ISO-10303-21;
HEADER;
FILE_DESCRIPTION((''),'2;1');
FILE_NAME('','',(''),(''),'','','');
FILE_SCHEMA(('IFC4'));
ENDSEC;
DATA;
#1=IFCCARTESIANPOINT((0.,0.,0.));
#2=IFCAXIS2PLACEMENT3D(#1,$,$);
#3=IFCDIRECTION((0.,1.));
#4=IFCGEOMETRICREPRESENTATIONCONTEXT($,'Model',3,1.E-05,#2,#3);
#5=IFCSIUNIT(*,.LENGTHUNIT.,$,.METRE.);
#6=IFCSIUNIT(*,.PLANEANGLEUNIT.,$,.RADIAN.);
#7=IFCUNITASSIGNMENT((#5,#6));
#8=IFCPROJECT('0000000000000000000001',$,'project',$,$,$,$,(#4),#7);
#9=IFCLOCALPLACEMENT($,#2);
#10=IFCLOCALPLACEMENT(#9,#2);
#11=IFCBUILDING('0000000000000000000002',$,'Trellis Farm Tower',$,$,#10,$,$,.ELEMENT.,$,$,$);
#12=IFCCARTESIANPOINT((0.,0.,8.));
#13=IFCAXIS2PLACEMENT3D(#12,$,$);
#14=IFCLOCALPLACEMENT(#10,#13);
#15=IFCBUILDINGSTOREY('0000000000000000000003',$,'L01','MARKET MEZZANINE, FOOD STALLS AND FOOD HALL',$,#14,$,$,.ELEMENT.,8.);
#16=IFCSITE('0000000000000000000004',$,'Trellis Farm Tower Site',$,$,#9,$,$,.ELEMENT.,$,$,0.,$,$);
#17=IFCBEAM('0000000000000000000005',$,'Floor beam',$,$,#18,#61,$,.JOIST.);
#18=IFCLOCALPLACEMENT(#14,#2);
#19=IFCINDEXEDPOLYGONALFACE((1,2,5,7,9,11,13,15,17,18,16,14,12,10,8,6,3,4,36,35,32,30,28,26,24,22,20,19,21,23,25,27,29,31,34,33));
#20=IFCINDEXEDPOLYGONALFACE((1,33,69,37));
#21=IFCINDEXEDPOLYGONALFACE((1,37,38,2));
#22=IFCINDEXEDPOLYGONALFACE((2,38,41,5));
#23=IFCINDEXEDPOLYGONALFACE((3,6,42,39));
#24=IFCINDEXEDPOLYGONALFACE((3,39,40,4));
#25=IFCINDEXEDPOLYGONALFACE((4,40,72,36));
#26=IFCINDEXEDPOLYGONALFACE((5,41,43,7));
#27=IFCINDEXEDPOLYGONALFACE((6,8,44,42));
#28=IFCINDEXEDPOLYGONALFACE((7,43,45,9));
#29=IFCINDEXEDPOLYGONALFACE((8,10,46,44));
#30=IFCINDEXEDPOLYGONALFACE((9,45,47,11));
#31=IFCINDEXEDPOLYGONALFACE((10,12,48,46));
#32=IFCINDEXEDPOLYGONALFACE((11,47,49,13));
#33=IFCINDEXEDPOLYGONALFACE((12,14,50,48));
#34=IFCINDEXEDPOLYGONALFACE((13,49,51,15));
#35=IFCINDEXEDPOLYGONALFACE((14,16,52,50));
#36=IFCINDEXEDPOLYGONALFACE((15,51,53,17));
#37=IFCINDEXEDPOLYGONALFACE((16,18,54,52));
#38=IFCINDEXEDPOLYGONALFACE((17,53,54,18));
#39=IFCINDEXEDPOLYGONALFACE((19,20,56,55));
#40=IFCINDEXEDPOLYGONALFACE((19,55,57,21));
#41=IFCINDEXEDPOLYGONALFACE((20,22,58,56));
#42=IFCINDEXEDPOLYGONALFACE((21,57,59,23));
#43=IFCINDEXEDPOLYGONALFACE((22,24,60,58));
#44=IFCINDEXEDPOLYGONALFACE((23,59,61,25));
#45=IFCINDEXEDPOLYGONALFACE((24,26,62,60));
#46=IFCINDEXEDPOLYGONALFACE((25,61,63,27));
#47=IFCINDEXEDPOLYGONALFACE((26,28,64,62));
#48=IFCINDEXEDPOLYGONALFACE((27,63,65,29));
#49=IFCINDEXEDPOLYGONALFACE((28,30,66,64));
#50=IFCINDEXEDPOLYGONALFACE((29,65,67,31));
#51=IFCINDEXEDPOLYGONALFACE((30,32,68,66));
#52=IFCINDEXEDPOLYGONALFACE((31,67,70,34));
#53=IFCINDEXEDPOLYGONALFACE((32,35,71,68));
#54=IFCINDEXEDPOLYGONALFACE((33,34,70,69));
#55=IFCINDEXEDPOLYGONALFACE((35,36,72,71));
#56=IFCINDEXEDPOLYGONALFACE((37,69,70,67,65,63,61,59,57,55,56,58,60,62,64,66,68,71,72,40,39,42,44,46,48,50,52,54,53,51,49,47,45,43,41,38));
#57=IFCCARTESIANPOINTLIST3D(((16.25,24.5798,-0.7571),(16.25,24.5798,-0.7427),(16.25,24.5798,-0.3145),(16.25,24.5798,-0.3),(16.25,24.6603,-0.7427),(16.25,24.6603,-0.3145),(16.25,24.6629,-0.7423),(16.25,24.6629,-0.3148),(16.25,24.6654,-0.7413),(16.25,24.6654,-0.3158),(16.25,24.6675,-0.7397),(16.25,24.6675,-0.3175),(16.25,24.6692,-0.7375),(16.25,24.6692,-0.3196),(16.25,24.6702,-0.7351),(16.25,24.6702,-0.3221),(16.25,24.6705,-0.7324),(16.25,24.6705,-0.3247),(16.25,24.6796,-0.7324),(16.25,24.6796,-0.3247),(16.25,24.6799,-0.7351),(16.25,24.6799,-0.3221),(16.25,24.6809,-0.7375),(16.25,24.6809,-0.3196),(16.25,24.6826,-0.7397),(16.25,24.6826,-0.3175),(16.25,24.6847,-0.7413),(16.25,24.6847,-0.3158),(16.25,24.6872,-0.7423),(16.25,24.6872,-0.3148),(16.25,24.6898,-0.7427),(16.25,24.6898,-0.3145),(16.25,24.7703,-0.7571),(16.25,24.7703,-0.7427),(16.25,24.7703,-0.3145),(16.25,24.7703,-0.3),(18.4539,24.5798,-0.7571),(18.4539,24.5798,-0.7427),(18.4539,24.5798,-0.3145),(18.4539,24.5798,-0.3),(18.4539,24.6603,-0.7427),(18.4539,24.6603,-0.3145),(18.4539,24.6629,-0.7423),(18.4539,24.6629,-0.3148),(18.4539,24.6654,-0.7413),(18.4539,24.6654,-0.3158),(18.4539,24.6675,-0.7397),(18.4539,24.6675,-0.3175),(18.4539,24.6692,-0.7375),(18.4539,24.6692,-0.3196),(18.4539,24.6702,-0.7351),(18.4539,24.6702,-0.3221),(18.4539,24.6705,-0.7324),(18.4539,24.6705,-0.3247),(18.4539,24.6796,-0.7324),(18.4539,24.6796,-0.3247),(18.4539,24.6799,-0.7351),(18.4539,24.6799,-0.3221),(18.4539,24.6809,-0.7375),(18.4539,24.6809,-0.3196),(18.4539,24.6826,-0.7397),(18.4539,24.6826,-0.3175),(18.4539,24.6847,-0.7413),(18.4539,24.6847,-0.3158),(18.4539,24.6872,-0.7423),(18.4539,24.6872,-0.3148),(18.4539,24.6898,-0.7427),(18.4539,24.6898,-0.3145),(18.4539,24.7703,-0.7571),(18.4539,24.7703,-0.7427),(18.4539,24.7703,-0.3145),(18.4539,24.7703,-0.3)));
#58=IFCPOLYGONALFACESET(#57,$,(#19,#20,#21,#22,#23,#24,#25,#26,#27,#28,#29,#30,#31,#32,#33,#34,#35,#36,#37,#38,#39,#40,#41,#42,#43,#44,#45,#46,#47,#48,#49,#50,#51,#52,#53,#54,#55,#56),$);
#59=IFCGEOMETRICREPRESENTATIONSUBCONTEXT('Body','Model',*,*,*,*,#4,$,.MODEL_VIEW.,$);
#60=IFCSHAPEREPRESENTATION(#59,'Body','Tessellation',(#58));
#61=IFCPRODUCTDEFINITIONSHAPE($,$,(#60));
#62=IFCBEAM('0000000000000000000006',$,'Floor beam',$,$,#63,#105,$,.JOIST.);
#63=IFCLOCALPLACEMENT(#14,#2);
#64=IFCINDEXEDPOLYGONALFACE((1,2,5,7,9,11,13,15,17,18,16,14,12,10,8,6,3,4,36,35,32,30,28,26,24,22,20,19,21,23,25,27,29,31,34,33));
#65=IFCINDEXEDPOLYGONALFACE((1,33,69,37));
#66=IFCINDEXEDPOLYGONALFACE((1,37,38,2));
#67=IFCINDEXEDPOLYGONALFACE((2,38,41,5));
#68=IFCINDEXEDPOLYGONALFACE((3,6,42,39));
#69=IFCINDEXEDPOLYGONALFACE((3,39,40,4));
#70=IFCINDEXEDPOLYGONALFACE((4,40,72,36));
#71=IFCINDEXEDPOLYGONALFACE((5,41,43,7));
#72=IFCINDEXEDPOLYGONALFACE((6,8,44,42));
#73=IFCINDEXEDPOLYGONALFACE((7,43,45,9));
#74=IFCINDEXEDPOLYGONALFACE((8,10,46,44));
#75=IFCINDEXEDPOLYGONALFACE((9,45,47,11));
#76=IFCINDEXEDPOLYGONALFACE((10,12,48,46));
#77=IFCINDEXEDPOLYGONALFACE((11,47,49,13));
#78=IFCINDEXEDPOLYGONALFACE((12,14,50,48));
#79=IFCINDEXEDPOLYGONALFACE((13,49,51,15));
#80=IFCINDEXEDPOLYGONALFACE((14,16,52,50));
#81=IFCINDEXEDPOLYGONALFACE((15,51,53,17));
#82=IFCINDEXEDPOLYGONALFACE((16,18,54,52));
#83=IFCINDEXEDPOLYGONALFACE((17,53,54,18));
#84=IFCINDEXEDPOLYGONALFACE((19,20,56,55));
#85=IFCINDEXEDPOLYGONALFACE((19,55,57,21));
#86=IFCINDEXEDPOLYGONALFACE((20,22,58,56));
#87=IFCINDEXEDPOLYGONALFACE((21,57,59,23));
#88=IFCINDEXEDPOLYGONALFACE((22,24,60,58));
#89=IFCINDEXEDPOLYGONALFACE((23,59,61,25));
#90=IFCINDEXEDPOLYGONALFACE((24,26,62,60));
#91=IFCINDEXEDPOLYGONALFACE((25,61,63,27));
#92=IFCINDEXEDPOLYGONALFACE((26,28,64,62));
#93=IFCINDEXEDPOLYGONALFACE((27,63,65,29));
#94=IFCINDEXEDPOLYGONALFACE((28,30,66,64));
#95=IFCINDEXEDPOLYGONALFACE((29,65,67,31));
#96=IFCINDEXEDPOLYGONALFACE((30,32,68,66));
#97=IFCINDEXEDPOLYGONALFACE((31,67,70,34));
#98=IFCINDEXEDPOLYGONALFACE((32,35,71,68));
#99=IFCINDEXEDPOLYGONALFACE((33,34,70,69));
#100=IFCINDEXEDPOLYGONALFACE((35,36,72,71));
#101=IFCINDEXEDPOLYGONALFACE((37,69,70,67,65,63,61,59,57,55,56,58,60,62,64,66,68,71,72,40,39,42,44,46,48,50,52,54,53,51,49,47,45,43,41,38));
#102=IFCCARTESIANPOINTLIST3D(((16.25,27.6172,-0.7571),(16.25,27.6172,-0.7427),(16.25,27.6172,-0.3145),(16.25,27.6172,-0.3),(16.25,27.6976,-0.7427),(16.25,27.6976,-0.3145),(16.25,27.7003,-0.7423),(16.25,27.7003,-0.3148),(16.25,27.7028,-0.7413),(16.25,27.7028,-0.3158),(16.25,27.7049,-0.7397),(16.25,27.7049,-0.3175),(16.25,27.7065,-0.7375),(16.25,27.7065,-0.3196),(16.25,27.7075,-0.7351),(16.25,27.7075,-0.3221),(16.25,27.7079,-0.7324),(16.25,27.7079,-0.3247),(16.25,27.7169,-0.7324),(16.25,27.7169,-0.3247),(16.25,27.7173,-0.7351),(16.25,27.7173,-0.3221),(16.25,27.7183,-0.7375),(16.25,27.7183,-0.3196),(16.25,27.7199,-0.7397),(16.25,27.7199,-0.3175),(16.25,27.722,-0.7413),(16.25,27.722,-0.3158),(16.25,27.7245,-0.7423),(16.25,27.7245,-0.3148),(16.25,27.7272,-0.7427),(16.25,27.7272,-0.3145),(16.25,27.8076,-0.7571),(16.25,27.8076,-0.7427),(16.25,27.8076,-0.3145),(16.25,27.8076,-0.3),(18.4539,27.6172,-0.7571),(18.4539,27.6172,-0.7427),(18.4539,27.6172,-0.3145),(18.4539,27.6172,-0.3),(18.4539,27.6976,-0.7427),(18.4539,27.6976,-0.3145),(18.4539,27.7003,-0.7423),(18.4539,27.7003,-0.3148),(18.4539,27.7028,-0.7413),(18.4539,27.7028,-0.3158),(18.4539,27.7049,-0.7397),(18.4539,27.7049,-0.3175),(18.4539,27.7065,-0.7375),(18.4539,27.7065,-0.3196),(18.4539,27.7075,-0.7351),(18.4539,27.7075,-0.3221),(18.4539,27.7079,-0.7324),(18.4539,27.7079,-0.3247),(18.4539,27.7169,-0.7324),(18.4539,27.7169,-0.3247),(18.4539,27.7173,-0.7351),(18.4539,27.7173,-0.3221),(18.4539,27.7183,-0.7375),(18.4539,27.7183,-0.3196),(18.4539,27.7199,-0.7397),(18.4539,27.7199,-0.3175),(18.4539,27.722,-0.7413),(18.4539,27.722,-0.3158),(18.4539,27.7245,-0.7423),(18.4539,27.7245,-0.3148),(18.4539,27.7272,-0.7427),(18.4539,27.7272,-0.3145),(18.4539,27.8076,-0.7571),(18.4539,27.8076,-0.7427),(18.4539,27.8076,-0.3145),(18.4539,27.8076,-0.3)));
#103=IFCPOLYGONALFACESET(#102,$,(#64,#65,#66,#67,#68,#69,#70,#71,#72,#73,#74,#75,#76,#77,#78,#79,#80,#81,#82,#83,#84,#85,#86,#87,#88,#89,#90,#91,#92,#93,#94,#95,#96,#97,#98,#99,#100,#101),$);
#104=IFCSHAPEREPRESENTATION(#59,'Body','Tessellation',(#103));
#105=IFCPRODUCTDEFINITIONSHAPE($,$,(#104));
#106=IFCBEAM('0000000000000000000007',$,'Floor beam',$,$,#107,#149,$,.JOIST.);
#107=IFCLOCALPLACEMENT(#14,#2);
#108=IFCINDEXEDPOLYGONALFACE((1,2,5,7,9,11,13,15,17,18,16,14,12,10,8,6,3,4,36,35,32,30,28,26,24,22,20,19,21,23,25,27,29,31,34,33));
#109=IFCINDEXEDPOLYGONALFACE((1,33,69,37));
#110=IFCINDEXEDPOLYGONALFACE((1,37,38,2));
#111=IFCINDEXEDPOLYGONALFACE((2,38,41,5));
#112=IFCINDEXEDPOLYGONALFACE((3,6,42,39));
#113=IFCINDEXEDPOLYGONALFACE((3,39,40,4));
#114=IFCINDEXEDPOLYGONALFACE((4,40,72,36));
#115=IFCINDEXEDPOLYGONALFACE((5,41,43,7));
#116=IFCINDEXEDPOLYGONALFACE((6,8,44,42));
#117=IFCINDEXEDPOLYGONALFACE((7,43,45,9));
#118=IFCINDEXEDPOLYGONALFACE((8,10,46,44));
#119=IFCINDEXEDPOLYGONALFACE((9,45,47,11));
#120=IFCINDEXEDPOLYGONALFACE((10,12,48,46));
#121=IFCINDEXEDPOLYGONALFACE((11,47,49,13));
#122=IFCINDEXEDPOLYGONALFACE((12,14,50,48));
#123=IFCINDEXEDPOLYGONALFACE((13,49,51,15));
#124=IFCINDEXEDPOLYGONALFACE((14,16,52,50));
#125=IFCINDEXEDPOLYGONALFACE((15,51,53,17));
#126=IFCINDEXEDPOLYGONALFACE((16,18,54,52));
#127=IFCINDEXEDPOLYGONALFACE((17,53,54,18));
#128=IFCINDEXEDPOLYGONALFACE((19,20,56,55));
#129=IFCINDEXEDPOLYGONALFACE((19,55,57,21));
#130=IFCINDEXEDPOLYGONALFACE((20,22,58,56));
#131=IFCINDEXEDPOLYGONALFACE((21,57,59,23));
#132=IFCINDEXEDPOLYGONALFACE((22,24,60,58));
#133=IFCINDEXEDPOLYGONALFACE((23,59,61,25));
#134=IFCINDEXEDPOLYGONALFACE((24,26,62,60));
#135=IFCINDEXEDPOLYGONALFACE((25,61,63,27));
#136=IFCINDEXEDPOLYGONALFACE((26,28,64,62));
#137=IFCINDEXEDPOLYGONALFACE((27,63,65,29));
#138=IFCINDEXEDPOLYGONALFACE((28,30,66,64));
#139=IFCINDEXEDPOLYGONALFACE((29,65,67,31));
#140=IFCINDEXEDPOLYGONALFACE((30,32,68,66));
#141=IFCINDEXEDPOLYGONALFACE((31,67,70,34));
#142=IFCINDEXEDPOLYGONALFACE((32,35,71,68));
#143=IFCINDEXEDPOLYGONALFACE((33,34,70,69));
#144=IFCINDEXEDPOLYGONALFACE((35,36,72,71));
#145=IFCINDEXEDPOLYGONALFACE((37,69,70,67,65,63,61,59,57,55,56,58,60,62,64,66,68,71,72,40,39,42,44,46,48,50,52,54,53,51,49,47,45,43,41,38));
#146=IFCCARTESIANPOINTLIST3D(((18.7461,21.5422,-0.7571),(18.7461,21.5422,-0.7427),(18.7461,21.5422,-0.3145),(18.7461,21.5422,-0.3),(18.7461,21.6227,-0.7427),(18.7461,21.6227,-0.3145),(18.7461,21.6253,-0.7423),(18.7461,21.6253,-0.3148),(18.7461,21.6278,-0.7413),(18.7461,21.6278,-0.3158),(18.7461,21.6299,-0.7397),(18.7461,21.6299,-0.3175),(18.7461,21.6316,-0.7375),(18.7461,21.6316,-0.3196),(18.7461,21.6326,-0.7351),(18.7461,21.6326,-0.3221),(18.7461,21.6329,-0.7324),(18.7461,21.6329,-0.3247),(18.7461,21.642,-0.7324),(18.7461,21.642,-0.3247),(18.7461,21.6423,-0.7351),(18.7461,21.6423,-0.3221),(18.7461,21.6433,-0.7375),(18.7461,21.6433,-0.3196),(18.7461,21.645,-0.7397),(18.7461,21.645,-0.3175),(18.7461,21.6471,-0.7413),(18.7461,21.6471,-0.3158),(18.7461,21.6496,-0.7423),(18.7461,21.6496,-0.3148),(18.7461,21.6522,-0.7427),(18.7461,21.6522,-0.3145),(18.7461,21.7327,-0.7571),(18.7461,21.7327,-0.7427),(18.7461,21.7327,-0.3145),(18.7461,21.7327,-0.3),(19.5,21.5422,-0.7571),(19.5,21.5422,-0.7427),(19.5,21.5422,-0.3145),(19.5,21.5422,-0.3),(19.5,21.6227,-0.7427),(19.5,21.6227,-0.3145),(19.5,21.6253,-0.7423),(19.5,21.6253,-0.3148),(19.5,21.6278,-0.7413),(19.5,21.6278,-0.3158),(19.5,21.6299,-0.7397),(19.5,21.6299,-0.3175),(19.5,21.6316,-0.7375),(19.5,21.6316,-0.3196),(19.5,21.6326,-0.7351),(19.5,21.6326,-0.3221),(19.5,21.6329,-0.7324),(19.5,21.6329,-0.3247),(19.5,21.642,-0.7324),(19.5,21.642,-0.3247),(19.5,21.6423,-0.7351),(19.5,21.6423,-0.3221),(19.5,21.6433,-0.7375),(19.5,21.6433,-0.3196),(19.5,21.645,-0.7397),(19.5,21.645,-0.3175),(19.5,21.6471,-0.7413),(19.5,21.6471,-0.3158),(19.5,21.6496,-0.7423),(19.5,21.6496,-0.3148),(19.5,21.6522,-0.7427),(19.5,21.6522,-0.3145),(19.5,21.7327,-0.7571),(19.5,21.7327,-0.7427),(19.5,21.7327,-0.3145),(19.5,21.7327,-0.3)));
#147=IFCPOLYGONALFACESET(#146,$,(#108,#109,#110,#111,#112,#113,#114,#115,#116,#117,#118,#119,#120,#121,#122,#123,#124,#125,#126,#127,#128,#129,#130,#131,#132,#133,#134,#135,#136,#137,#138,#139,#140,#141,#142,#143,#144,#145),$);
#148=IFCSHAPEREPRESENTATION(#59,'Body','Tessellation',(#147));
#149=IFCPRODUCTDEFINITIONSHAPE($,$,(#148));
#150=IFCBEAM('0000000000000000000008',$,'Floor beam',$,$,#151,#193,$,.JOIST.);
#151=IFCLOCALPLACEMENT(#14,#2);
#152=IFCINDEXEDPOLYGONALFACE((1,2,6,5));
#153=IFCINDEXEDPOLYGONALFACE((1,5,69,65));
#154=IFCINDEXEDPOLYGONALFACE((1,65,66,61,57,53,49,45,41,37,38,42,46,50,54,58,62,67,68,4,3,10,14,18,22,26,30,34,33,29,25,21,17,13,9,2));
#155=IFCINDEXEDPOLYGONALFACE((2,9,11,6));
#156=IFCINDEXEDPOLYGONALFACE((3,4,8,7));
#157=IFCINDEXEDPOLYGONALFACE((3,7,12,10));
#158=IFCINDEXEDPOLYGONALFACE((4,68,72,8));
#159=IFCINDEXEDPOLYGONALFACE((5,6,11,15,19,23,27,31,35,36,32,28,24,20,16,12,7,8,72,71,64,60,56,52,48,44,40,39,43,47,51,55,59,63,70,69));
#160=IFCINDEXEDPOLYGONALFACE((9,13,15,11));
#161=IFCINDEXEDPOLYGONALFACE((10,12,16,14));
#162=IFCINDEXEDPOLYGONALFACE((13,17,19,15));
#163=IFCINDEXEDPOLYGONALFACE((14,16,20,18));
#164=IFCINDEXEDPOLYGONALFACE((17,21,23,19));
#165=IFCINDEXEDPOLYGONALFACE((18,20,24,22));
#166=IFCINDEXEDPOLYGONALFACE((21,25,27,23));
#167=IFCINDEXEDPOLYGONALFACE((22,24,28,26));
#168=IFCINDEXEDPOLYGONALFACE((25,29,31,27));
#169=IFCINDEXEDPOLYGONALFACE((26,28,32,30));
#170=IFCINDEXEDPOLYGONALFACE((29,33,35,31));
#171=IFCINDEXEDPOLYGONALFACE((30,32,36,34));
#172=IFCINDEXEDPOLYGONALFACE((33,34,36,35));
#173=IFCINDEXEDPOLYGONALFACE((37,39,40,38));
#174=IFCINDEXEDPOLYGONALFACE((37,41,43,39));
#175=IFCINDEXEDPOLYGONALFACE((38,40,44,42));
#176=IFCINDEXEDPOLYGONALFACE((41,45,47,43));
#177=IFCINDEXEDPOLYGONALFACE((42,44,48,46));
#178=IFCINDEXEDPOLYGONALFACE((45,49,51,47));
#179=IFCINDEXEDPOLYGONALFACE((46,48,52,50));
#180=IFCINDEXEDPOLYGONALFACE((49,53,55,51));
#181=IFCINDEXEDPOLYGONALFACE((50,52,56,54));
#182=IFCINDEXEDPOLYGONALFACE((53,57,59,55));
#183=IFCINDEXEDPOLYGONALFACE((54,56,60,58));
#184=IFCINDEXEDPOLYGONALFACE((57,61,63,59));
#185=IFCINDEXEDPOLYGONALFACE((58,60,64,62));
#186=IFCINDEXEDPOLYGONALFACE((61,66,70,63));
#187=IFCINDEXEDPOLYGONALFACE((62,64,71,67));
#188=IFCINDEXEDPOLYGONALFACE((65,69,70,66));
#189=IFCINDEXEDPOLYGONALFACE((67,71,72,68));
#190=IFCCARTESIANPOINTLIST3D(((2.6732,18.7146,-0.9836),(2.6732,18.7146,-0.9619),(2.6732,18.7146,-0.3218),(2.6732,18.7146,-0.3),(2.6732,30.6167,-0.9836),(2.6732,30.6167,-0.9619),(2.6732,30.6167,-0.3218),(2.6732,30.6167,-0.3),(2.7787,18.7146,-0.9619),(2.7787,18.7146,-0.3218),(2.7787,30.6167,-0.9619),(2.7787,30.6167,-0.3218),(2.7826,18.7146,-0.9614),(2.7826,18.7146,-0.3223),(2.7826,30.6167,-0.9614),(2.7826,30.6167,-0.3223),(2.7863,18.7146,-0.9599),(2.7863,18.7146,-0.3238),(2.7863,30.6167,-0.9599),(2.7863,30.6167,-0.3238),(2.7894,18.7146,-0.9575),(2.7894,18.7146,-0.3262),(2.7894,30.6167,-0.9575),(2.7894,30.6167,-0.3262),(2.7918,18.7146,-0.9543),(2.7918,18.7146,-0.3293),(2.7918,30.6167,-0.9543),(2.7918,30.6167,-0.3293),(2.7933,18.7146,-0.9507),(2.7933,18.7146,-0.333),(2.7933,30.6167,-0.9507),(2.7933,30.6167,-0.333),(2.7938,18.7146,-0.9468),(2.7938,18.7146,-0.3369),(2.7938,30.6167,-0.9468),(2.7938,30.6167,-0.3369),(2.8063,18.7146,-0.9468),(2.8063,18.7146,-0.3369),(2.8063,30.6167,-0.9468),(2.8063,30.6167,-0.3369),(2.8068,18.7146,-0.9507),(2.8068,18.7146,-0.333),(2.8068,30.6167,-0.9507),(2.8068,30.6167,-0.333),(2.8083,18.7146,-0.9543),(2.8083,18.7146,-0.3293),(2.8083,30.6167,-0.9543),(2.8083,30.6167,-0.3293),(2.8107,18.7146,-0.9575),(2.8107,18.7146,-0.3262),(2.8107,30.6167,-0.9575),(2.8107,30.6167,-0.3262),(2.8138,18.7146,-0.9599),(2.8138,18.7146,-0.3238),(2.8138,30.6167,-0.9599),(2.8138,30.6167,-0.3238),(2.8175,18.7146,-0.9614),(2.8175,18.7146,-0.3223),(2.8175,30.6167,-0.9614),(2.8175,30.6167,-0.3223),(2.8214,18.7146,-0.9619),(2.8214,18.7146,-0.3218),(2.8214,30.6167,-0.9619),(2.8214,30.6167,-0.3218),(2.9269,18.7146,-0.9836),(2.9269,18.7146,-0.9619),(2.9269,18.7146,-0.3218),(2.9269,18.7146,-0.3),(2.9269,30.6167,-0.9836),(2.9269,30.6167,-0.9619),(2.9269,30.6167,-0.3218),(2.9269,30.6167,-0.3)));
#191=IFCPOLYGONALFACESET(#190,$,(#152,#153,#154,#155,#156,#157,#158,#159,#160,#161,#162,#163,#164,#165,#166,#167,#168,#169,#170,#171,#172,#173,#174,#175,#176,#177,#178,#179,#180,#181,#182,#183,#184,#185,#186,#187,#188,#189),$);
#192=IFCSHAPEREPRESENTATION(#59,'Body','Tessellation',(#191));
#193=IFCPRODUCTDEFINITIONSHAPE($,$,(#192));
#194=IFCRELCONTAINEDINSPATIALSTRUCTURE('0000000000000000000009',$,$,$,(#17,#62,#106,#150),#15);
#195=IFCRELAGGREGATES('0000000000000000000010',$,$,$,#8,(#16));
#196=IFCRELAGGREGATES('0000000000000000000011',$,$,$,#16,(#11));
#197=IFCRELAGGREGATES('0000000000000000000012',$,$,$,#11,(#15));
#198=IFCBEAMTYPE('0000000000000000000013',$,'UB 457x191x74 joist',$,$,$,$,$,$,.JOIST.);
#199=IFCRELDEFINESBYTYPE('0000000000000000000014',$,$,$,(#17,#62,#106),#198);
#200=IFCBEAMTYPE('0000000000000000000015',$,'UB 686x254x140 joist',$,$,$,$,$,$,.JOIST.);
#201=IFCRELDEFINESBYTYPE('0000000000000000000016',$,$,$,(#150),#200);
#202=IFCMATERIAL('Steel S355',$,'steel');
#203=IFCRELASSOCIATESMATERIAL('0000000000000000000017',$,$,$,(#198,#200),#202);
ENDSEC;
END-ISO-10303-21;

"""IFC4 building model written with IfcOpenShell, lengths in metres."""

from ifc_helpers import new_model, si_unit, direction, frame, origin, origin_2d, place, context, subcontext, project, spatial, i_section, extrude, source, transform, mapped, material, material_profile, profile_set, type_object, element, save


model = new_model("IFC4")

# Units and contexts
model_context = context("Model", 3, precision=1e-05, world=origin(), true_north=direction((0.0, 1.0)))
body_context = subcontext(model_context, "Body", "Model", "MODEL_VIEW")
ifc_project = project(units=[si_unit("LENGTHUNIT", "METRE"), si_unit("PLANEANGLEUNIT", "RADIAN")], contexts=[model_context])

# Site, building, storey
site_placement = place(None, origin())
site = spatial("IfcSite", under=ifc_project, at=site_placement, Name="Trellis Farm Tower Site", CompositionType="ELEMENT", RefElevation=0.0)
building_placement = place(site_placement, origin())
building = spatial("IfcBuilding", under=site, at=building_placement, Name="Trellis Farm Tower", CompositionType="ELEMENT")
storey_placement = place(building_placement, frame((0.0, 0.0, 8.0)))
storey = spatial("IfcBuildingStorey", under=building, at=storey_placement, Name="L01", Description="MARKET MEZZANINE, FOOD STALLS AND FOOD HALL", CompositionType="ELEMENT", Elevation=8.0)

# Beams
ifc_material_1 = material(Name="Steel S355", Category="steel")
ifc_material_profile_1 = material_profile(ifc_material_1, i_section(OverallWidth=0.1904, OverallDepth=0.457, WebThickness=0.009, FlangeThickness=0.0144, FilletRadius=0.0103, at=origin_2d()), Name="UB 457x191x74")
ifc_profile_set_1 = profile_set([ifc_material_profile_1], Name="Steel S355")
beam_type_1 = type_object("IfcBeamType", Name="UB 457x191x74 joist", PredefinedType="JOIST", material=ifc_profile_set_1)
shared_shape_1 = source(origin(), body_context, "Body", "SweptSolid", [
    extrude(i_section(OverallWidth=0.1904, OverallDepth=0.457, WebThickness=0.009, FlangeThickness=0.0144, FilletRadius=0.0103, at=origin_2d()), origin(), (0.0, 0.0, 1.0), 2.2039),
])
for number, where, z_axis, x_axis, name in (
    (1, (16.25, 24.675, -0.5286), (1.0, 0.0, 0.0), (0.0, 1.0, 0.0), "Floor beam"),
    (2, (16.25, 27.7124, -0.5286), (1.0, 0.0, 0.0), (0.0, 1.0, 0.0), "Floor beam"),
):
    element("IfcBeam", number, at=place(storey_placement, frame(where, z_axis=z_axis, x_axis=x_axis)), inside=storey, type_object=beam_type_1, Name=name, PredefinedType="JOIST", context=body_context, shape_type="MappedRepresentation", body=[
        mapped(shared_shape_1, transform((0.0, 0.0, 0.0))),
    ])
shared_shape_2 = source(origin(), body_context, "Body", "SweptSolid", [
    extrude(i_section(OverallWidth=0.1904, OverallDepth=0.457, WebThickness=0.009, FlangeThickness=0.0144, FilletRadius=0.0103, at=origin_2d()), origin(), (0.0, 0.0, 1.0), 0.7539),
])
beam_1_placement = place(storey_placement, frame((18.7461, 21.6375, -0.5286), z_axis=(1.0, 0.0, 0.0), x_axis=(0.0, 1.0, 0.0)))
element("IfcBeam", 3, at=beam_1_placement, inside=storey, type_object=beam_type_1, Name="Floor beam", PredefinedType="JOIST", context=body_context, shape_type="MappedRepresentation", body=[
    mapped(shared_shape_2, transform((0.0, 0.0, 0.0))),
])
ifc_material_profile_2 = material_profile(ifc_material_1, i_section(OverallWidth=0.2537, OverallDepth=0.6836, WebThickness=0.0125, FlangeThickness=0.0217, FilletRadius=0.0151, at=origin_2d()), Name="UB 686x254x140")
ifc_profile_set_2 = profile_set([ifc_material_profile_2], Name="Steel S355")
beam_type_2 = type_object("IfcBeamType", Name="UB 686x254x140 joist", PredefinedType="JOIST", material=ifc_profile_set_2)
shared_shape_3 = source(origin(), body_context, "Body", "SweptSolid", [
    extrude(i_section(OverallWidth=0.2537, OverallDepth=0.6836, WebThickness=0.0125, FlangeThickness=0.0217, FilletRadius=0.0151, at=origin_2d()), origin(), (0.0, 0.0, 1.0), 11.9021),
])
beam_2_placement = place(storey_placement, frame((2.8, 18.7146, -0.6418), z_axis=(0.0, 1.0, 0.0), x_axis=(-1.0, 0.0, 0.0)))
element("IfcBeam", 4, at=beam_2_placement, inside=storey, type_object=beam_type_2, Name="Floor beam", PredefinedType="JOIST", context=body_context, shape_type="MappedRepresentation", body=[
    mapped(shared_shape_3, transform((0.0, 0.0, 0.0))),
])

save(model, "model.ifc")
